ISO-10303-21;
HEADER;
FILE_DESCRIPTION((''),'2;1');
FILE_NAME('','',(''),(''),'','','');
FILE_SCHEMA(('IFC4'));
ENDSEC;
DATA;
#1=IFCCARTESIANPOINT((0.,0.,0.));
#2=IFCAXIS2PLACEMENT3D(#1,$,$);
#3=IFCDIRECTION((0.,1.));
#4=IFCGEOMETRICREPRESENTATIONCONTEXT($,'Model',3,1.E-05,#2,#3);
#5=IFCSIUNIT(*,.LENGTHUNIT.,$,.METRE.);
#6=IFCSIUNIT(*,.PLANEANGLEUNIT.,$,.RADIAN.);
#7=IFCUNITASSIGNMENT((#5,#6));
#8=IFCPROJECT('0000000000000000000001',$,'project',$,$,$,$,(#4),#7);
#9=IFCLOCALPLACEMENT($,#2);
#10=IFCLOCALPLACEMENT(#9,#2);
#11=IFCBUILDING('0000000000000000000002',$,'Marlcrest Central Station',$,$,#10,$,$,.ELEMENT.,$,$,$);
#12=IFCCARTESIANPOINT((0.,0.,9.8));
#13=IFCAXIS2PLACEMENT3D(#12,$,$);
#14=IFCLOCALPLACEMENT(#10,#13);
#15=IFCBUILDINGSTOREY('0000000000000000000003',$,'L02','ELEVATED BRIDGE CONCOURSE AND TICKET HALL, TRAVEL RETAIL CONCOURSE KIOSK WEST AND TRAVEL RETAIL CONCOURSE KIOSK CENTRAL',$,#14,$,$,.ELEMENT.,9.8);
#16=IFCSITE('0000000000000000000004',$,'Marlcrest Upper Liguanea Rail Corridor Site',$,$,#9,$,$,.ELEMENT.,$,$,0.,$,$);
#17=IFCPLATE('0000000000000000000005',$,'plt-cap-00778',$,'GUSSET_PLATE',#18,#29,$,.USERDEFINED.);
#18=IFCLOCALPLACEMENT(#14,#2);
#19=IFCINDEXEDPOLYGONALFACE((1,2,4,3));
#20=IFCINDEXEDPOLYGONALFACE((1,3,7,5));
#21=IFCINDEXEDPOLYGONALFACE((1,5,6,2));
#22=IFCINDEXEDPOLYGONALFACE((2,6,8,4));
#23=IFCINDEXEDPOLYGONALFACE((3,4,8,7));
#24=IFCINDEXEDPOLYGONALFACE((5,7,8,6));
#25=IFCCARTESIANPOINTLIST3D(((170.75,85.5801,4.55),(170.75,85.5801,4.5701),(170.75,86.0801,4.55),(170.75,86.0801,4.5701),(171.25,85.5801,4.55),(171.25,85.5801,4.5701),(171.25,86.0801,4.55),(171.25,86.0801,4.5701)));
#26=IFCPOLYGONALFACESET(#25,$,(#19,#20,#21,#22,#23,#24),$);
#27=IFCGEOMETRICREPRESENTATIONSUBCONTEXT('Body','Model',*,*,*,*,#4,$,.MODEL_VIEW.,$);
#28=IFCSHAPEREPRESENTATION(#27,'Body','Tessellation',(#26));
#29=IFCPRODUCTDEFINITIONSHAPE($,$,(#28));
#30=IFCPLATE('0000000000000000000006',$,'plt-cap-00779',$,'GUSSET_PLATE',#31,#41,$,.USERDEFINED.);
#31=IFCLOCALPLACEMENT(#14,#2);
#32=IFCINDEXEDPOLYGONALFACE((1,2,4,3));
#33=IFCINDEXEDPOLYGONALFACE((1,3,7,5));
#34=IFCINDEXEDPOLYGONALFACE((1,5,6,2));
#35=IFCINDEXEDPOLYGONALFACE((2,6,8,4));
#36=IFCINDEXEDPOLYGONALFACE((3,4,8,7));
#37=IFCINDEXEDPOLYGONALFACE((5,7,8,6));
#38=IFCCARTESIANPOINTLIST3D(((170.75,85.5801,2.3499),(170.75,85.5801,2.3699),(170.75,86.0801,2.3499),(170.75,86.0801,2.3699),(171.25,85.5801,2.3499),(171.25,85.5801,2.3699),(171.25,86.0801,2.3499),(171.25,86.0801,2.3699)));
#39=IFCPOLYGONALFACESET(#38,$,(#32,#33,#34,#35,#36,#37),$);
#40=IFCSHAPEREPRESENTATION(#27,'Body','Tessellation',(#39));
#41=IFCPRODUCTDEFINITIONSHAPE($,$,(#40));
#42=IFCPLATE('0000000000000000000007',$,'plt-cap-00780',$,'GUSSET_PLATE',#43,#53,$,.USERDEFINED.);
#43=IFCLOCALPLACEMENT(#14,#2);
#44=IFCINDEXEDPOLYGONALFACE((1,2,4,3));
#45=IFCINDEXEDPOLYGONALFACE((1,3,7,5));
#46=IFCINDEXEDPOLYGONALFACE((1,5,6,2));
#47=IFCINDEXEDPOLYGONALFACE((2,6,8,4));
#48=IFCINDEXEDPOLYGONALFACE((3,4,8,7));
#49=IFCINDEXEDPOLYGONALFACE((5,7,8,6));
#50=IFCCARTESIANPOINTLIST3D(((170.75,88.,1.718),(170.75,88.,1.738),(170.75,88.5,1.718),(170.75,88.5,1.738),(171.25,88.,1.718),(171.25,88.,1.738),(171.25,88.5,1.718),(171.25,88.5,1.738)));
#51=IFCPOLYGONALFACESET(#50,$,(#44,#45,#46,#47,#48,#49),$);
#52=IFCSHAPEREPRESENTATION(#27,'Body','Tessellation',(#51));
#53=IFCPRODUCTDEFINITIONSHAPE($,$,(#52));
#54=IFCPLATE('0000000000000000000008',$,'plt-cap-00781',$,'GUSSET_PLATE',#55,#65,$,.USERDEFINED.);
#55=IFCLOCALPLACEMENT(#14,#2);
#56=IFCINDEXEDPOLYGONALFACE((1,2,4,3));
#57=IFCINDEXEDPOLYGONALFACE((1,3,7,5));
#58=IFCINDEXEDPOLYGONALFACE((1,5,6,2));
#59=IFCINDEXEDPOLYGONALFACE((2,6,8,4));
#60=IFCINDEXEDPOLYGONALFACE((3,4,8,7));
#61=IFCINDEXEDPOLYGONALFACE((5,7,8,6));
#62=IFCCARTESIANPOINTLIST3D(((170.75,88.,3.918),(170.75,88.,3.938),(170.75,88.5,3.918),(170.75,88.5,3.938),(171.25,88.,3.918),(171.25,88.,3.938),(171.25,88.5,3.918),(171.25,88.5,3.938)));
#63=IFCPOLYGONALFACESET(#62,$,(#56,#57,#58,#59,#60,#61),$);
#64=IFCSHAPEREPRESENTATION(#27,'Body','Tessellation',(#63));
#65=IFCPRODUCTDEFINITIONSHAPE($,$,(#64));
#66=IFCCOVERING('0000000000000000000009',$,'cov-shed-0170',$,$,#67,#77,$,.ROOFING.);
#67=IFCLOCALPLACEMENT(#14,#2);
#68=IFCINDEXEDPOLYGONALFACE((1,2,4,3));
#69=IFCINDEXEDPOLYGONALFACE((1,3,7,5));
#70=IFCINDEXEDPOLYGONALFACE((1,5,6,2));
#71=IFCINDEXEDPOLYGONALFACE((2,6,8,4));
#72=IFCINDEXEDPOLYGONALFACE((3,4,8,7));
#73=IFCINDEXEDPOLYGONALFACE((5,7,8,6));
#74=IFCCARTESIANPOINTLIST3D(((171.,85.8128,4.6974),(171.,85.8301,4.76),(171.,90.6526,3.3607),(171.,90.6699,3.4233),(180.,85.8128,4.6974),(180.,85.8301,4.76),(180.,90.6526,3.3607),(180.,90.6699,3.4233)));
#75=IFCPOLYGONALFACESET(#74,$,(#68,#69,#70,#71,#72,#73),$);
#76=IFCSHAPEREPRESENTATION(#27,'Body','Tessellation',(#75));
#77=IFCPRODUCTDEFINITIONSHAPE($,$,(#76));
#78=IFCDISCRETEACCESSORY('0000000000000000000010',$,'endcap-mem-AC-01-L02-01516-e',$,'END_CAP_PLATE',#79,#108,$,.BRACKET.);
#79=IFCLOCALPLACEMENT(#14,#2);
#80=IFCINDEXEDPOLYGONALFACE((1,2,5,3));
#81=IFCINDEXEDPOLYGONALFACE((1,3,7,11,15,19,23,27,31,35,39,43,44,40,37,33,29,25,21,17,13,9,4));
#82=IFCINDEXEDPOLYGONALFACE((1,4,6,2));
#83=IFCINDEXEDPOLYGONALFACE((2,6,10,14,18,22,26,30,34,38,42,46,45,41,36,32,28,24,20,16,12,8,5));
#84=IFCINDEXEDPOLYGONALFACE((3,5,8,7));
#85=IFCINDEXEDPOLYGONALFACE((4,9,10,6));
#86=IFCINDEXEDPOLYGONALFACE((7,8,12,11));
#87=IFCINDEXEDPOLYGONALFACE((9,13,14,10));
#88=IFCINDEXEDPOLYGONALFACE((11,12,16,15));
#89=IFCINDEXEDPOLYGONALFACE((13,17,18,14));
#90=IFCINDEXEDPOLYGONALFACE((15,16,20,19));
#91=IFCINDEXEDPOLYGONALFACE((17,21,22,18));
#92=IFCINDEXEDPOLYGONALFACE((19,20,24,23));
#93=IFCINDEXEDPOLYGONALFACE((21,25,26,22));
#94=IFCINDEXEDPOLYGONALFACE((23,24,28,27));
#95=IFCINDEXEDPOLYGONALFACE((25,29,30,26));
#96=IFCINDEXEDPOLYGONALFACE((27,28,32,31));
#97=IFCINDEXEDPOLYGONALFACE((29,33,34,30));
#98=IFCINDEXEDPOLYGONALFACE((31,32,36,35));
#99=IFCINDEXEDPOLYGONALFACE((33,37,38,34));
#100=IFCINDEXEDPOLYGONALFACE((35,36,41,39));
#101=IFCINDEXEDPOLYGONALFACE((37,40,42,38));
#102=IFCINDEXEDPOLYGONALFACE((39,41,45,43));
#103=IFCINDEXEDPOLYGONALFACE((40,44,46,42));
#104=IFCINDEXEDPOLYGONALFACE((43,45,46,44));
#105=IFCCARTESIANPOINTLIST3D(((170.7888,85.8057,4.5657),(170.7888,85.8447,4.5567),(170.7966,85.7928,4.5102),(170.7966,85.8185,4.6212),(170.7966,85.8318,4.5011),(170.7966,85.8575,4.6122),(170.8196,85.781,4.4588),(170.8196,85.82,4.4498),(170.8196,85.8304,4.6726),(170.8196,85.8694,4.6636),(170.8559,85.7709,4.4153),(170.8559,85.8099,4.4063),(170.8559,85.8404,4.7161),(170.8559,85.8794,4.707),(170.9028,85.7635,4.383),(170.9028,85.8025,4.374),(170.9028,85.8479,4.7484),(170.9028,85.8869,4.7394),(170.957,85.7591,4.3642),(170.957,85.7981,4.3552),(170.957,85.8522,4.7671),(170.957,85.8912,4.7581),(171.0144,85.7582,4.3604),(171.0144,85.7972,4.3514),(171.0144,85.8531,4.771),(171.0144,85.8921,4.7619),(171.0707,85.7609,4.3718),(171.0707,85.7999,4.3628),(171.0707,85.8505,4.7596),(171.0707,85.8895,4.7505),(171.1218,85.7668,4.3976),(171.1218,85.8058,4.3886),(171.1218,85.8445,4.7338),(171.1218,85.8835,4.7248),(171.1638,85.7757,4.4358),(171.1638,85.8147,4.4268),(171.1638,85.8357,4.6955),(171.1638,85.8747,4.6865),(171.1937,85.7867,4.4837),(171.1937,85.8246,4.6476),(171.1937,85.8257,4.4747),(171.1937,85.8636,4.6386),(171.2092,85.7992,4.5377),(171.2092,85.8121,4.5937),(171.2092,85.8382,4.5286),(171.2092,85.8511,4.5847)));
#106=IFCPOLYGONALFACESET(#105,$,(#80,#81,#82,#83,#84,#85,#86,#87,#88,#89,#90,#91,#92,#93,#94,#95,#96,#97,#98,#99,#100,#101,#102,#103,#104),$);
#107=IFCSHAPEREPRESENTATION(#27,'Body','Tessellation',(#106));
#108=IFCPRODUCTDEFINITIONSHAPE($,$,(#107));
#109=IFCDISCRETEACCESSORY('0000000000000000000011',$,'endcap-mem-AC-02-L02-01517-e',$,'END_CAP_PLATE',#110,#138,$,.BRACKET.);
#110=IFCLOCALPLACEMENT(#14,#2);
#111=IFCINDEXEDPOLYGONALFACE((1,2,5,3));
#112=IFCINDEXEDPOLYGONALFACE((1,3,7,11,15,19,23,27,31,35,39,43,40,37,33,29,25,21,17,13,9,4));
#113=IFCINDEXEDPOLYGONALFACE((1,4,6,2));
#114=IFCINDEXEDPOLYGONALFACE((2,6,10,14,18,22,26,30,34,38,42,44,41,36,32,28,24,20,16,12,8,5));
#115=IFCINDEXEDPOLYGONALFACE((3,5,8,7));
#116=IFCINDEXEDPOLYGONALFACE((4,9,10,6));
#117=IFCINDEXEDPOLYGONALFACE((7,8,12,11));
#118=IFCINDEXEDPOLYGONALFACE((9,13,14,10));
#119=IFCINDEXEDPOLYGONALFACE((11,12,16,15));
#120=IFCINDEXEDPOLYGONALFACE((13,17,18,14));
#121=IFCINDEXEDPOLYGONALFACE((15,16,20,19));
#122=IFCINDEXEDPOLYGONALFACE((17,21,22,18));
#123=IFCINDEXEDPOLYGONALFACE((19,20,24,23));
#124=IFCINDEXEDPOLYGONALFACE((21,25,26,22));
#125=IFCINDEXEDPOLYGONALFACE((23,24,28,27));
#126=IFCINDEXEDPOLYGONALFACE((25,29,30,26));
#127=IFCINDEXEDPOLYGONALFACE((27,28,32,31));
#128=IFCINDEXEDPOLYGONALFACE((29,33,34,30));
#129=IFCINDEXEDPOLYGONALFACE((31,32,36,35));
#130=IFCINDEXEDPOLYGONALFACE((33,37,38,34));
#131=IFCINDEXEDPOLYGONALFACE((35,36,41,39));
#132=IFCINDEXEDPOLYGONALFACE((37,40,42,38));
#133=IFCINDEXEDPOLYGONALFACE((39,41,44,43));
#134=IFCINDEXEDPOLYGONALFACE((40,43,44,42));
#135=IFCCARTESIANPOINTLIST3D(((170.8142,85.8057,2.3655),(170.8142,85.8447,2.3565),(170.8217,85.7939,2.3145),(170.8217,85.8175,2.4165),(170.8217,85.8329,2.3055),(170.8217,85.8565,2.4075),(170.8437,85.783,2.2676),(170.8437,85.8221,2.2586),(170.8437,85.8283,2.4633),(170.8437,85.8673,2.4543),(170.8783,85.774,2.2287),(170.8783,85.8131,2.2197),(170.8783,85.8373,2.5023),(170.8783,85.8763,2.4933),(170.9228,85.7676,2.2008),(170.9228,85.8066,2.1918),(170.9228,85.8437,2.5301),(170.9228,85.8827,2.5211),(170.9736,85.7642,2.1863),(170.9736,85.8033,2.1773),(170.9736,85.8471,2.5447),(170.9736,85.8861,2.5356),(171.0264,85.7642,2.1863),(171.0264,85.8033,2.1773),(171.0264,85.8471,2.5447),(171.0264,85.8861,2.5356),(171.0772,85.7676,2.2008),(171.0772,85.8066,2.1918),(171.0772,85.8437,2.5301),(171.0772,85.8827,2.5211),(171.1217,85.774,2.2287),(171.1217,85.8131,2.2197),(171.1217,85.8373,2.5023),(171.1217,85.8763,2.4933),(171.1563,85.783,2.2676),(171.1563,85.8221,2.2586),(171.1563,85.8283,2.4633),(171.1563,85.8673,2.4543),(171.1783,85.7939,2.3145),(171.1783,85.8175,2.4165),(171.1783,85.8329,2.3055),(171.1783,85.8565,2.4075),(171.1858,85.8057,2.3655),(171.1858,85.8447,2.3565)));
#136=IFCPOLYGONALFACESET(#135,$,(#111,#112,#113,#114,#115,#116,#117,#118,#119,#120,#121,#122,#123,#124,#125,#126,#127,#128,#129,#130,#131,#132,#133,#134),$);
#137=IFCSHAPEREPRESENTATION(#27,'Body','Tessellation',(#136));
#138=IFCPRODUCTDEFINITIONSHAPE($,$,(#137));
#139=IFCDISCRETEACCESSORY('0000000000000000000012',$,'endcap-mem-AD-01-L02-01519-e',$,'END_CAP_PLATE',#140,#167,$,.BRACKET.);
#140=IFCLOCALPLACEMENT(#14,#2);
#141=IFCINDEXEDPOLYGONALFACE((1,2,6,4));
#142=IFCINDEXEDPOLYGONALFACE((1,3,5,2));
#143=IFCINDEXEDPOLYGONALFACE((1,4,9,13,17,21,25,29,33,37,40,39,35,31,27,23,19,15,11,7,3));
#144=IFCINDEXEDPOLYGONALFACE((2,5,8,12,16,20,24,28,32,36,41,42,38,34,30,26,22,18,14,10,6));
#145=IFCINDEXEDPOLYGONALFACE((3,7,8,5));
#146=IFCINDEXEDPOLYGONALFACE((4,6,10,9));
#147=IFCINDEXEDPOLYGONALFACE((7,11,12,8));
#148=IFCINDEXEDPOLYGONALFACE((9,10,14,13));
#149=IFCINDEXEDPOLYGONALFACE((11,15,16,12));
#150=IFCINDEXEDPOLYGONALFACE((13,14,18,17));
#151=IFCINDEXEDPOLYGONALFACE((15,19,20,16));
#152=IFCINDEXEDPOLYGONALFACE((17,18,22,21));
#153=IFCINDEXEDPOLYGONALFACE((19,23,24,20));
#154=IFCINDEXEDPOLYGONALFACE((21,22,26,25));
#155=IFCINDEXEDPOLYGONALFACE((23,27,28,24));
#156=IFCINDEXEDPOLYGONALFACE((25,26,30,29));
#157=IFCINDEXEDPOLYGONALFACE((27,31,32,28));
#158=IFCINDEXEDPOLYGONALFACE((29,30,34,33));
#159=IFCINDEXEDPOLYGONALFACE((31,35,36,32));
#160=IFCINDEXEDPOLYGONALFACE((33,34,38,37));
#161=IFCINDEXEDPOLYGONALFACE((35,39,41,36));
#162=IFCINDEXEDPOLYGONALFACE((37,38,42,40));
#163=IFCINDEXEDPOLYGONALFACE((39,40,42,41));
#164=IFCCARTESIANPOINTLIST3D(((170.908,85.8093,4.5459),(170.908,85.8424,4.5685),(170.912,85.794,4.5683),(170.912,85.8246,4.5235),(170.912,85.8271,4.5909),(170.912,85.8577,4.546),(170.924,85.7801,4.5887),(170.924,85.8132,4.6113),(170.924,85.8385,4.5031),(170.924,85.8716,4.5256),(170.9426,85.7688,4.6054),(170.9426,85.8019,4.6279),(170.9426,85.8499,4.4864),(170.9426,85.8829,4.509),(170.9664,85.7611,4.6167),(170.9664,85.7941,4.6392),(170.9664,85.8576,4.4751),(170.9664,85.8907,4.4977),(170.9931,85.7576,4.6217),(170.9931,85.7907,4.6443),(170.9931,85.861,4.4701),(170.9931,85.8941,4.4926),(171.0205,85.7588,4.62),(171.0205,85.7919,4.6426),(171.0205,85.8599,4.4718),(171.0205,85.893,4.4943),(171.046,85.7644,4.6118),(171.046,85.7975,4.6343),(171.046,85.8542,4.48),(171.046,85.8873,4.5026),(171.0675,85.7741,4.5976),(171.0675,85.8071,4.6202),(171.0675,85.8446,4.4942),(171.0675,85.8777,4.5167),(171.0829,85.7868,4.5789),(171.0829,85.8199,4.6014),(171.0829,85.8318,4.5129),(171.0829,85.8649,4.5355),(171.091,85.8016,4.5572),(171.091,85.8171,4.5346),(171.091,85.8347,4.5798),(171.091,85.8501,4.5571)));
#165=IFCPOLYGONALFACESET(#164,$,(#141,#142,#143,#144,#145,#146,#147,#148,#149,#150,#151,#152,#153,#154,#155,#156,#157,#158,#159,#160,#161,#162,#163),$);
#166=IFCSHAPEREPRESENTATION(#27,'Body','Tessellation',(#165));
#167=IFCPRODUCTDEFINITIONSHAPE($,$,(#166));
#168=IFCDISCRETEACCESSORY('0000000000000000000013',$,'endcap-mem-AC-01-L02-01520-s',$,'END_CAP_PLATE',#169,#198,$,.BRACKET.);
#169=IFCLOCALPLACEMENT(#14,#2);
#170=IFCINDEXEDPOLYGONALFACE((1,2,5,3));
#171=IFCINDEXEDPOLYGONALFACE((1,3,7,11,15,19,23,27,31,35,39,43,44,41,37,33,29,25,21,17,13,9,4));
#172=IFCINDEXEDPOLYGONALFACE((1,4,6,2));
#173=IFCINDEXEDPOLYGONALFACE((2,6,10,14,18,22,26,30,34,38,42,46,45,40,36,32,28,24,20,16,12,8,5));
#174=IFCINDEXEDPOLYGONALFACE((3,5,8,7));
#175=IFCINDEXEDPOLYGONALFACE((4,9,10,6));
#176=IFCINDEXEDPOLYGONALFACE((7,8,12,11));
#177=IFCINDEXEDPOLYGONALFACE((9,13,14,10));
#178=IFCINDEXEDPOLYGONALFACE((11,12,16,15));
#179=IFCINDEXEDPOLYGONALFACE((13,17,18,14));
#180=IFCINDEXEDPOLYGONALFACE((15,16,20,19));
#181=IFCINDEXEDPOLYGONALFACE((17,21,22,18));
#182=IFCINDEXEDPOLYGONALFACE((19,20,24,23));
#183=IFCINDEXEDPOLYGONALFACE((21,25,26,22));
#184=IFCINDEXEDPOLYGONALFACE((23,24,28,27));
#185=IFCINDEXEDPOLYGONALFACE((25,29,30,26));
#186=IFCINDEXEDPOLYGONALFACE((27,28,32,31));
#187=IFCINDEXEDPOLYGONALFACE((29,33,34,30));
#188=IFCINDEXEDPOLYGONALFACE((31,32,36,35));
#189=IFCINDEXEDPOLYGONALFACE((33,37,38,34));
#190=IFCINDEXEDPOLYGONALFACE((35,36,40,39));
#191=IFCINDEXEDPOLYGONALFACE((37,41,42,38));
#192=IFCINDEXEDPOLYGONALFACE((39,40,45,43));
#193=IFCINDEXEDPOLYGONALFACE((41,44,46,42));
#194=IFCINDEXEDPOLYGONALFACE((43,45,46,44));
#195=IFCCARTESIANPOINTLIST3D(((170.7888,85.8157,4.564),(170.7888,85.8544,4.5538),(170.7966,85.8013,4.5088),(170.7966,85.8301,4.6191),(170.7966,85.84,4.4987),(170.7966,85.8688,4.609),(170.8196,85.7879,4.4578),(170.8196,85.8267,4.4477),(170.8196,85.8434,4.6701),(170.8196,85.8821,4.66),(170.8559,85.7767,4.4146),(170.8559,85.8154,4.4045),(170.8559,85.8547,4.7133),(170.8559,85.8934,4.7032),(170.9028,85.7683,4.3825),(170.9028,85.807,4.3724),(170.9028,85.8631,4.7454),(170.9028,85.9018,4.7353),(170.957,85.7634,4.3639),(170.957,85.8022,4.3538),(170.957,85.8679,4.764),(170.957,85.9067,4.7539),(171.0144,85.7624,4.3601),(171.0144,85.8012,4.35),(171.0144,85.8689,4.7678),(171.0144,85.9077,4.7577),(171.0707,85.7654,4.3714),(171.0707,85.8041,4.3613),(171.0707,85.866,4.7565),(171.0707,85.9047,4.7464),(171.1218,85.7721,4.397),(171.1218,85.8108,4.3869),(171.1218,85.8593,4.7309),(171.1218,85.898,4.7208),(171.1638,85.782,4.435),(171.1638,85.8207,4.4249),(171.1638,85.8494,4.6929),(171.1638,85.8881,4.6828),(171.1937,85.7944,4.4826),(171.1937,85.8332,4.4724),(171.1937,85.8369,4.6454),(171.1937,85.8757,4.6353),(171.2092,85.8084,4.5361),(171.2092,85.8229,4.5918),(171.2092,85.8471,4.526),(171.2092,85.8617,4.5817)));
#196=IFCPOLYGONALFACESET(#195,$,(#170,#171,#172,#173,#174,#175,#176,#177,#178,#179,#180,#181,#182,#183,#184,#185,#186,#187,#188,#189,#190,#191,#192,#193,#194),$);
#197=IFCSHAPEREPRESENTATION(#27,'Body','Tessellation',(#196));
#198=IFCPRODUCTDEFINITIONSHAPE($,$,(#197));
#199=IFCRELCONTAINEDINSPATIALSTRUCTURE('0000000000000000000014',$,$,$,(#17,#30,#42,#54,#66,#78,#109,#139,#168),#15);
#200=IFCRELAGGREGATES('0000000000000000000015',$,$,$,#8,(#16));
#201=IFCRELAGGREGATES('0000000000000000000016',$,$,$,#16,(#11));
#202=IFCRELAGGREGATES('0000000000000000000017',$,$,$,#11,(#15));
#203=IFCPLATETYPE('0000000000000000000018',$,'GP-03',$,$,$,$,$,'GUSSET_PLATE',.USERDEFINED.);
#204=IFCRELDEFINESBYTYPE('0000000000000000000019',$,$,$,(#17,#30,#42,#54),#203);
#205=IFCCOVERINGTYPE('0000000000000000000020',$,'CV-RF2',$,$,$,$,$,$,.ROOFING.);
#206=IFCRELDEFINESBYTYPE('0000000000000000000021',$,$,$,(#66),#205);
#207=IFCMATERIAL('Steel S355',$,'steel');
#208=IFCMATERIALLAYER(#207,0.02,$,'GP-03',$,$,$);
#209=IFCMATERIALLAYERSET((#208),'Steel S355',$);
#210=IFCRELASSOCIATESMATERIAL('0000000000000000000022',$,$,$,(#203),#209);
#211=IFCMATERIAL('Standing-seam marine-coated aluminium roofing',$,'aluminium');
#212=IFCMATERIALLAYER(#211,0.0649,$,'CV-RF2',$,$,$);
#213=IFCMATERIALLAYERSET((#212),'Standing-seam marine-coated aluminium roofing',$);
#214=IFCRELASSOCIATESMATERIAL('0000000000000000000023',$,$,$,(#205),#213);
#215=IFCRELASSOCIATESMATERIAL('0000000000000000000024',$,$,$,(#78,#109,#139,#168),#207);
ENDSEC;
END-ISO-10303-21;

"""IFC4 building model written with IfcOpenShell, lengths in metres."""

from ifc_helpers import new_model, si_unit, direction, frame, origin, origin_2d, place, context, subcontext, project, spatial, polyline, rectangle, circle, outline, extrude, material, layer, layer_set, type_object, element, save


model = new_model("IFC4")

# Units and contexts
model_context = context("Model", 3, precision=1e-05, world=origin(), true_north=direction((0.0, 1.0)))
body_context = subcontext(model_context, "Body", "Model", "MODEL_VIEW")
ifc_project = project(units=[si_unit("LENGTHUNIT", "METRE"), si_unit("PLANEANGLEUNIT", "RADIAN")], contexts=[model_context])

# Site, building, storey
site_placement = place(None, origin())
site = spatial("IfcSite", under=ifc_project, at=site_placement, Name="Marlcrest Upper Liguanea Rail Corridor Site", CompositionType="ELEMENT", RefElevation=0.0)
building_placement = place(site_placement, origin())
building = spatial("IfcBuilding", under=site, at=building_placement, Name="Marlcrest Central Station", CompositionType="ELEMENT")
storey_placement = place(building_placement, frame((0.0, 0.0, 9.8)))
storey = spatial("IfcBuildingStorey", under=building, at=storey_placement, Name="L02", Description="ELEVATED BRIDGE CONCOURSE AND TICKET HALL, TRAVEL RETAIL CONCOURSE KIOSK WEST AND TRAVEL RETAIL CONCOURSE KIOSK CENTRAL", CompositionType="ELEMENT", Elevation=9.8)

# Shared definitions
ifc_material_1 = material(Name="Steel S355", Category="steel")

# Plates
ifc_layer_1 = layer(ifc_material_1, 0.02, Name="GP-03")
ifc_layer_set_1 = layer_set([ifc_layer_1], Name="Steel S355")
plate_type = type_object("IfcPlateType", Name="GP-03", ElementType="GUSSET_PLATE", PredefinedType="USERDEFINED", material=ifc_layer_set_1)
for number, where, z_axis, x_axis, name in (
    (1, (171.0, 85.8301, 4.55), (0.0, 0.0, 1.0), (1.0, 0.0, 0.0), "plt-cap-00778"),
    (2, (171.0, 85.8301, 2.3499), (0.0, 0.0, 1.0), (1.0, 0.0, 0.0), "plt-cap-00779"),
    (3, (171.0, 88.25, 1.718), (0.0, 0.0, 1.0), (1.0, 0.0, 0.0), "plt-cap-00780"),
    (4, (171.0, 88.25, 3.918), (0.0, 0.0, 1.0), (1.0, 0.0, 0.0), "plt-cap-00781"),
):
    element("IfcPlate", number, at=place(storey_placement, frame(where, z_axis=z_axis, x_axis=x_axis)), inside=storey, type_object=plate_type, Name=name, ObjectType="GUSSET_PLATE", PredefinedType="USERDEFINED", context=body_context, shape_type="SweptSolid", body=[
        extrude(rectangle(XDim=0.5, YDim=0.5, at=origin_2d()), origin(), (0.0, 0.0, 1.0), 0.02),
    ])

# Covering
ifc_material_2 = material(Name="Standing-seam marine-coated aluminium roofing", Category="aluminium")
ifc_layer_2 = layer(ifc_material_2, 0.0649, Name="CV-RF2")
ifc_layer_set_2 = layer_set([ifc_layer_2], Name="Standing-seam marine-coated aluminium roofing")
covering_type = type_object("IfcCoveringType", Name="CV-RF2", PredefinedType="ROOFING", material=ifc_layer_set_2)
covering_placement = place(storey_placement, frame((171.0, 85.8301, 4.76), z_axis=(0.0, 0.266214, 0.963914), x_axis=(1.0, 0.0, 0.0)))
element("IfcCovering", 5, at=covering_placement, inside=storey, type_object=covering_type, Name="cov-shed-0170", PredefinedType="ROOFING", context=body_context, shape_type="SweptSolid", body=[
    extrude(outline(polyline([(0.0, 0.0), (9.0, 0.0), (9.0, 5.021), (0.0, 5.021), (0.0, 0.0)])), origin(), (0.0, 0.0, -1.0), 0.0649),
])

# Discrete accessories
discrete_accessory_1_placement = place(storey_placement, frame((171.0, 85.8057, 4.5657), z_axis=(0.0, 0.97433, -0.225126), x_axis=(-1.0, 0.0, 0.0)))
element("IfcDiscreteAccessory", 6, at=discrete_accessory_1_placement, inside=storey, material=ifc_material_1, Name="endcap-mem-AC-01-L02-01516-e", ObjectType="END_CAP_PLATE", PredefinedType="BRACKET", context=body_context, shape_type="SweptSolid", body=[
    extrude(circle(Radius=0.2112, at=origin_2d()), origin(), (0.0, 0.0, 1.0), 0.04),
])
discrete_accessory_2_placement = place(storey_placement, frame((171.0, 85.8057, 2.3655), z_axis=(0.0, 0.974308, -0.22522), x_axis=(-1.0, 0.0, 0.0)))
element("IfcDiscreteAccessory", 7, at=discrete_accessory_2_placement, inside=storey, material=ifc_material_1, Name="endcap-mem-AC-02-L02-01517-e", ObjectType="END_CAP_PLATE", PredefinedType="BRACKET", context=body_context, shape_type="SweptSolid", body=[
    extrude(circle(Radius=0.1858, at=origin_2d()), origin(), (0.0, 0.0, 1.0), 0.04),
])
discrete_accessory_3_placement = place(storey_placement, frame((171.0, 85.8093, 4.5459), z_axis=(0.0, 0.826263, 0.563285), x_axis=(-1.0, 0.0, 0.0)))
element("IfcDiscreteAccessory", 8, at=discrete_accessory_3_placement, inside=storey, material=ifc_material_1, Name="endcap-mem-AD-01-L02-01519-e", ObjectType="END_CAP_PLATE", PredefinedType="BRACKET", context=body_context, shape_type="SweptSolid", body=[
    extrude(circle(Radius=0.092, at=origin_2d()), origin(), (0.0, 0.0, 1.0), 0.04),
])
for number, where, z_axis, x_axis, name in (
    (9, (171.0, 85.8157, 4.564), (0.0, 0.967539, -0.25272), (-1.0, 0.0, 0.0), "endcap-mem-AC-01-L02-01520-s"),
):
    element("IfcDiscreteAccessory", number, at=place(storey_placement, frame(where, z_axis=z_axis, x_axis=x_axis)), inside=storey, material=ifc_material_1, Name=name, ObjectType="END_CAP_PLATE", PredefinedType="BRACKET", context=body_context, shape_type="SweptSolid", body=[
        extrude(circle(Radius=0.2112, at=origin_2d()), origin(), (0.0, 0.0, 1.0), 0.04),
    ])

save(model, "model.ifc")
